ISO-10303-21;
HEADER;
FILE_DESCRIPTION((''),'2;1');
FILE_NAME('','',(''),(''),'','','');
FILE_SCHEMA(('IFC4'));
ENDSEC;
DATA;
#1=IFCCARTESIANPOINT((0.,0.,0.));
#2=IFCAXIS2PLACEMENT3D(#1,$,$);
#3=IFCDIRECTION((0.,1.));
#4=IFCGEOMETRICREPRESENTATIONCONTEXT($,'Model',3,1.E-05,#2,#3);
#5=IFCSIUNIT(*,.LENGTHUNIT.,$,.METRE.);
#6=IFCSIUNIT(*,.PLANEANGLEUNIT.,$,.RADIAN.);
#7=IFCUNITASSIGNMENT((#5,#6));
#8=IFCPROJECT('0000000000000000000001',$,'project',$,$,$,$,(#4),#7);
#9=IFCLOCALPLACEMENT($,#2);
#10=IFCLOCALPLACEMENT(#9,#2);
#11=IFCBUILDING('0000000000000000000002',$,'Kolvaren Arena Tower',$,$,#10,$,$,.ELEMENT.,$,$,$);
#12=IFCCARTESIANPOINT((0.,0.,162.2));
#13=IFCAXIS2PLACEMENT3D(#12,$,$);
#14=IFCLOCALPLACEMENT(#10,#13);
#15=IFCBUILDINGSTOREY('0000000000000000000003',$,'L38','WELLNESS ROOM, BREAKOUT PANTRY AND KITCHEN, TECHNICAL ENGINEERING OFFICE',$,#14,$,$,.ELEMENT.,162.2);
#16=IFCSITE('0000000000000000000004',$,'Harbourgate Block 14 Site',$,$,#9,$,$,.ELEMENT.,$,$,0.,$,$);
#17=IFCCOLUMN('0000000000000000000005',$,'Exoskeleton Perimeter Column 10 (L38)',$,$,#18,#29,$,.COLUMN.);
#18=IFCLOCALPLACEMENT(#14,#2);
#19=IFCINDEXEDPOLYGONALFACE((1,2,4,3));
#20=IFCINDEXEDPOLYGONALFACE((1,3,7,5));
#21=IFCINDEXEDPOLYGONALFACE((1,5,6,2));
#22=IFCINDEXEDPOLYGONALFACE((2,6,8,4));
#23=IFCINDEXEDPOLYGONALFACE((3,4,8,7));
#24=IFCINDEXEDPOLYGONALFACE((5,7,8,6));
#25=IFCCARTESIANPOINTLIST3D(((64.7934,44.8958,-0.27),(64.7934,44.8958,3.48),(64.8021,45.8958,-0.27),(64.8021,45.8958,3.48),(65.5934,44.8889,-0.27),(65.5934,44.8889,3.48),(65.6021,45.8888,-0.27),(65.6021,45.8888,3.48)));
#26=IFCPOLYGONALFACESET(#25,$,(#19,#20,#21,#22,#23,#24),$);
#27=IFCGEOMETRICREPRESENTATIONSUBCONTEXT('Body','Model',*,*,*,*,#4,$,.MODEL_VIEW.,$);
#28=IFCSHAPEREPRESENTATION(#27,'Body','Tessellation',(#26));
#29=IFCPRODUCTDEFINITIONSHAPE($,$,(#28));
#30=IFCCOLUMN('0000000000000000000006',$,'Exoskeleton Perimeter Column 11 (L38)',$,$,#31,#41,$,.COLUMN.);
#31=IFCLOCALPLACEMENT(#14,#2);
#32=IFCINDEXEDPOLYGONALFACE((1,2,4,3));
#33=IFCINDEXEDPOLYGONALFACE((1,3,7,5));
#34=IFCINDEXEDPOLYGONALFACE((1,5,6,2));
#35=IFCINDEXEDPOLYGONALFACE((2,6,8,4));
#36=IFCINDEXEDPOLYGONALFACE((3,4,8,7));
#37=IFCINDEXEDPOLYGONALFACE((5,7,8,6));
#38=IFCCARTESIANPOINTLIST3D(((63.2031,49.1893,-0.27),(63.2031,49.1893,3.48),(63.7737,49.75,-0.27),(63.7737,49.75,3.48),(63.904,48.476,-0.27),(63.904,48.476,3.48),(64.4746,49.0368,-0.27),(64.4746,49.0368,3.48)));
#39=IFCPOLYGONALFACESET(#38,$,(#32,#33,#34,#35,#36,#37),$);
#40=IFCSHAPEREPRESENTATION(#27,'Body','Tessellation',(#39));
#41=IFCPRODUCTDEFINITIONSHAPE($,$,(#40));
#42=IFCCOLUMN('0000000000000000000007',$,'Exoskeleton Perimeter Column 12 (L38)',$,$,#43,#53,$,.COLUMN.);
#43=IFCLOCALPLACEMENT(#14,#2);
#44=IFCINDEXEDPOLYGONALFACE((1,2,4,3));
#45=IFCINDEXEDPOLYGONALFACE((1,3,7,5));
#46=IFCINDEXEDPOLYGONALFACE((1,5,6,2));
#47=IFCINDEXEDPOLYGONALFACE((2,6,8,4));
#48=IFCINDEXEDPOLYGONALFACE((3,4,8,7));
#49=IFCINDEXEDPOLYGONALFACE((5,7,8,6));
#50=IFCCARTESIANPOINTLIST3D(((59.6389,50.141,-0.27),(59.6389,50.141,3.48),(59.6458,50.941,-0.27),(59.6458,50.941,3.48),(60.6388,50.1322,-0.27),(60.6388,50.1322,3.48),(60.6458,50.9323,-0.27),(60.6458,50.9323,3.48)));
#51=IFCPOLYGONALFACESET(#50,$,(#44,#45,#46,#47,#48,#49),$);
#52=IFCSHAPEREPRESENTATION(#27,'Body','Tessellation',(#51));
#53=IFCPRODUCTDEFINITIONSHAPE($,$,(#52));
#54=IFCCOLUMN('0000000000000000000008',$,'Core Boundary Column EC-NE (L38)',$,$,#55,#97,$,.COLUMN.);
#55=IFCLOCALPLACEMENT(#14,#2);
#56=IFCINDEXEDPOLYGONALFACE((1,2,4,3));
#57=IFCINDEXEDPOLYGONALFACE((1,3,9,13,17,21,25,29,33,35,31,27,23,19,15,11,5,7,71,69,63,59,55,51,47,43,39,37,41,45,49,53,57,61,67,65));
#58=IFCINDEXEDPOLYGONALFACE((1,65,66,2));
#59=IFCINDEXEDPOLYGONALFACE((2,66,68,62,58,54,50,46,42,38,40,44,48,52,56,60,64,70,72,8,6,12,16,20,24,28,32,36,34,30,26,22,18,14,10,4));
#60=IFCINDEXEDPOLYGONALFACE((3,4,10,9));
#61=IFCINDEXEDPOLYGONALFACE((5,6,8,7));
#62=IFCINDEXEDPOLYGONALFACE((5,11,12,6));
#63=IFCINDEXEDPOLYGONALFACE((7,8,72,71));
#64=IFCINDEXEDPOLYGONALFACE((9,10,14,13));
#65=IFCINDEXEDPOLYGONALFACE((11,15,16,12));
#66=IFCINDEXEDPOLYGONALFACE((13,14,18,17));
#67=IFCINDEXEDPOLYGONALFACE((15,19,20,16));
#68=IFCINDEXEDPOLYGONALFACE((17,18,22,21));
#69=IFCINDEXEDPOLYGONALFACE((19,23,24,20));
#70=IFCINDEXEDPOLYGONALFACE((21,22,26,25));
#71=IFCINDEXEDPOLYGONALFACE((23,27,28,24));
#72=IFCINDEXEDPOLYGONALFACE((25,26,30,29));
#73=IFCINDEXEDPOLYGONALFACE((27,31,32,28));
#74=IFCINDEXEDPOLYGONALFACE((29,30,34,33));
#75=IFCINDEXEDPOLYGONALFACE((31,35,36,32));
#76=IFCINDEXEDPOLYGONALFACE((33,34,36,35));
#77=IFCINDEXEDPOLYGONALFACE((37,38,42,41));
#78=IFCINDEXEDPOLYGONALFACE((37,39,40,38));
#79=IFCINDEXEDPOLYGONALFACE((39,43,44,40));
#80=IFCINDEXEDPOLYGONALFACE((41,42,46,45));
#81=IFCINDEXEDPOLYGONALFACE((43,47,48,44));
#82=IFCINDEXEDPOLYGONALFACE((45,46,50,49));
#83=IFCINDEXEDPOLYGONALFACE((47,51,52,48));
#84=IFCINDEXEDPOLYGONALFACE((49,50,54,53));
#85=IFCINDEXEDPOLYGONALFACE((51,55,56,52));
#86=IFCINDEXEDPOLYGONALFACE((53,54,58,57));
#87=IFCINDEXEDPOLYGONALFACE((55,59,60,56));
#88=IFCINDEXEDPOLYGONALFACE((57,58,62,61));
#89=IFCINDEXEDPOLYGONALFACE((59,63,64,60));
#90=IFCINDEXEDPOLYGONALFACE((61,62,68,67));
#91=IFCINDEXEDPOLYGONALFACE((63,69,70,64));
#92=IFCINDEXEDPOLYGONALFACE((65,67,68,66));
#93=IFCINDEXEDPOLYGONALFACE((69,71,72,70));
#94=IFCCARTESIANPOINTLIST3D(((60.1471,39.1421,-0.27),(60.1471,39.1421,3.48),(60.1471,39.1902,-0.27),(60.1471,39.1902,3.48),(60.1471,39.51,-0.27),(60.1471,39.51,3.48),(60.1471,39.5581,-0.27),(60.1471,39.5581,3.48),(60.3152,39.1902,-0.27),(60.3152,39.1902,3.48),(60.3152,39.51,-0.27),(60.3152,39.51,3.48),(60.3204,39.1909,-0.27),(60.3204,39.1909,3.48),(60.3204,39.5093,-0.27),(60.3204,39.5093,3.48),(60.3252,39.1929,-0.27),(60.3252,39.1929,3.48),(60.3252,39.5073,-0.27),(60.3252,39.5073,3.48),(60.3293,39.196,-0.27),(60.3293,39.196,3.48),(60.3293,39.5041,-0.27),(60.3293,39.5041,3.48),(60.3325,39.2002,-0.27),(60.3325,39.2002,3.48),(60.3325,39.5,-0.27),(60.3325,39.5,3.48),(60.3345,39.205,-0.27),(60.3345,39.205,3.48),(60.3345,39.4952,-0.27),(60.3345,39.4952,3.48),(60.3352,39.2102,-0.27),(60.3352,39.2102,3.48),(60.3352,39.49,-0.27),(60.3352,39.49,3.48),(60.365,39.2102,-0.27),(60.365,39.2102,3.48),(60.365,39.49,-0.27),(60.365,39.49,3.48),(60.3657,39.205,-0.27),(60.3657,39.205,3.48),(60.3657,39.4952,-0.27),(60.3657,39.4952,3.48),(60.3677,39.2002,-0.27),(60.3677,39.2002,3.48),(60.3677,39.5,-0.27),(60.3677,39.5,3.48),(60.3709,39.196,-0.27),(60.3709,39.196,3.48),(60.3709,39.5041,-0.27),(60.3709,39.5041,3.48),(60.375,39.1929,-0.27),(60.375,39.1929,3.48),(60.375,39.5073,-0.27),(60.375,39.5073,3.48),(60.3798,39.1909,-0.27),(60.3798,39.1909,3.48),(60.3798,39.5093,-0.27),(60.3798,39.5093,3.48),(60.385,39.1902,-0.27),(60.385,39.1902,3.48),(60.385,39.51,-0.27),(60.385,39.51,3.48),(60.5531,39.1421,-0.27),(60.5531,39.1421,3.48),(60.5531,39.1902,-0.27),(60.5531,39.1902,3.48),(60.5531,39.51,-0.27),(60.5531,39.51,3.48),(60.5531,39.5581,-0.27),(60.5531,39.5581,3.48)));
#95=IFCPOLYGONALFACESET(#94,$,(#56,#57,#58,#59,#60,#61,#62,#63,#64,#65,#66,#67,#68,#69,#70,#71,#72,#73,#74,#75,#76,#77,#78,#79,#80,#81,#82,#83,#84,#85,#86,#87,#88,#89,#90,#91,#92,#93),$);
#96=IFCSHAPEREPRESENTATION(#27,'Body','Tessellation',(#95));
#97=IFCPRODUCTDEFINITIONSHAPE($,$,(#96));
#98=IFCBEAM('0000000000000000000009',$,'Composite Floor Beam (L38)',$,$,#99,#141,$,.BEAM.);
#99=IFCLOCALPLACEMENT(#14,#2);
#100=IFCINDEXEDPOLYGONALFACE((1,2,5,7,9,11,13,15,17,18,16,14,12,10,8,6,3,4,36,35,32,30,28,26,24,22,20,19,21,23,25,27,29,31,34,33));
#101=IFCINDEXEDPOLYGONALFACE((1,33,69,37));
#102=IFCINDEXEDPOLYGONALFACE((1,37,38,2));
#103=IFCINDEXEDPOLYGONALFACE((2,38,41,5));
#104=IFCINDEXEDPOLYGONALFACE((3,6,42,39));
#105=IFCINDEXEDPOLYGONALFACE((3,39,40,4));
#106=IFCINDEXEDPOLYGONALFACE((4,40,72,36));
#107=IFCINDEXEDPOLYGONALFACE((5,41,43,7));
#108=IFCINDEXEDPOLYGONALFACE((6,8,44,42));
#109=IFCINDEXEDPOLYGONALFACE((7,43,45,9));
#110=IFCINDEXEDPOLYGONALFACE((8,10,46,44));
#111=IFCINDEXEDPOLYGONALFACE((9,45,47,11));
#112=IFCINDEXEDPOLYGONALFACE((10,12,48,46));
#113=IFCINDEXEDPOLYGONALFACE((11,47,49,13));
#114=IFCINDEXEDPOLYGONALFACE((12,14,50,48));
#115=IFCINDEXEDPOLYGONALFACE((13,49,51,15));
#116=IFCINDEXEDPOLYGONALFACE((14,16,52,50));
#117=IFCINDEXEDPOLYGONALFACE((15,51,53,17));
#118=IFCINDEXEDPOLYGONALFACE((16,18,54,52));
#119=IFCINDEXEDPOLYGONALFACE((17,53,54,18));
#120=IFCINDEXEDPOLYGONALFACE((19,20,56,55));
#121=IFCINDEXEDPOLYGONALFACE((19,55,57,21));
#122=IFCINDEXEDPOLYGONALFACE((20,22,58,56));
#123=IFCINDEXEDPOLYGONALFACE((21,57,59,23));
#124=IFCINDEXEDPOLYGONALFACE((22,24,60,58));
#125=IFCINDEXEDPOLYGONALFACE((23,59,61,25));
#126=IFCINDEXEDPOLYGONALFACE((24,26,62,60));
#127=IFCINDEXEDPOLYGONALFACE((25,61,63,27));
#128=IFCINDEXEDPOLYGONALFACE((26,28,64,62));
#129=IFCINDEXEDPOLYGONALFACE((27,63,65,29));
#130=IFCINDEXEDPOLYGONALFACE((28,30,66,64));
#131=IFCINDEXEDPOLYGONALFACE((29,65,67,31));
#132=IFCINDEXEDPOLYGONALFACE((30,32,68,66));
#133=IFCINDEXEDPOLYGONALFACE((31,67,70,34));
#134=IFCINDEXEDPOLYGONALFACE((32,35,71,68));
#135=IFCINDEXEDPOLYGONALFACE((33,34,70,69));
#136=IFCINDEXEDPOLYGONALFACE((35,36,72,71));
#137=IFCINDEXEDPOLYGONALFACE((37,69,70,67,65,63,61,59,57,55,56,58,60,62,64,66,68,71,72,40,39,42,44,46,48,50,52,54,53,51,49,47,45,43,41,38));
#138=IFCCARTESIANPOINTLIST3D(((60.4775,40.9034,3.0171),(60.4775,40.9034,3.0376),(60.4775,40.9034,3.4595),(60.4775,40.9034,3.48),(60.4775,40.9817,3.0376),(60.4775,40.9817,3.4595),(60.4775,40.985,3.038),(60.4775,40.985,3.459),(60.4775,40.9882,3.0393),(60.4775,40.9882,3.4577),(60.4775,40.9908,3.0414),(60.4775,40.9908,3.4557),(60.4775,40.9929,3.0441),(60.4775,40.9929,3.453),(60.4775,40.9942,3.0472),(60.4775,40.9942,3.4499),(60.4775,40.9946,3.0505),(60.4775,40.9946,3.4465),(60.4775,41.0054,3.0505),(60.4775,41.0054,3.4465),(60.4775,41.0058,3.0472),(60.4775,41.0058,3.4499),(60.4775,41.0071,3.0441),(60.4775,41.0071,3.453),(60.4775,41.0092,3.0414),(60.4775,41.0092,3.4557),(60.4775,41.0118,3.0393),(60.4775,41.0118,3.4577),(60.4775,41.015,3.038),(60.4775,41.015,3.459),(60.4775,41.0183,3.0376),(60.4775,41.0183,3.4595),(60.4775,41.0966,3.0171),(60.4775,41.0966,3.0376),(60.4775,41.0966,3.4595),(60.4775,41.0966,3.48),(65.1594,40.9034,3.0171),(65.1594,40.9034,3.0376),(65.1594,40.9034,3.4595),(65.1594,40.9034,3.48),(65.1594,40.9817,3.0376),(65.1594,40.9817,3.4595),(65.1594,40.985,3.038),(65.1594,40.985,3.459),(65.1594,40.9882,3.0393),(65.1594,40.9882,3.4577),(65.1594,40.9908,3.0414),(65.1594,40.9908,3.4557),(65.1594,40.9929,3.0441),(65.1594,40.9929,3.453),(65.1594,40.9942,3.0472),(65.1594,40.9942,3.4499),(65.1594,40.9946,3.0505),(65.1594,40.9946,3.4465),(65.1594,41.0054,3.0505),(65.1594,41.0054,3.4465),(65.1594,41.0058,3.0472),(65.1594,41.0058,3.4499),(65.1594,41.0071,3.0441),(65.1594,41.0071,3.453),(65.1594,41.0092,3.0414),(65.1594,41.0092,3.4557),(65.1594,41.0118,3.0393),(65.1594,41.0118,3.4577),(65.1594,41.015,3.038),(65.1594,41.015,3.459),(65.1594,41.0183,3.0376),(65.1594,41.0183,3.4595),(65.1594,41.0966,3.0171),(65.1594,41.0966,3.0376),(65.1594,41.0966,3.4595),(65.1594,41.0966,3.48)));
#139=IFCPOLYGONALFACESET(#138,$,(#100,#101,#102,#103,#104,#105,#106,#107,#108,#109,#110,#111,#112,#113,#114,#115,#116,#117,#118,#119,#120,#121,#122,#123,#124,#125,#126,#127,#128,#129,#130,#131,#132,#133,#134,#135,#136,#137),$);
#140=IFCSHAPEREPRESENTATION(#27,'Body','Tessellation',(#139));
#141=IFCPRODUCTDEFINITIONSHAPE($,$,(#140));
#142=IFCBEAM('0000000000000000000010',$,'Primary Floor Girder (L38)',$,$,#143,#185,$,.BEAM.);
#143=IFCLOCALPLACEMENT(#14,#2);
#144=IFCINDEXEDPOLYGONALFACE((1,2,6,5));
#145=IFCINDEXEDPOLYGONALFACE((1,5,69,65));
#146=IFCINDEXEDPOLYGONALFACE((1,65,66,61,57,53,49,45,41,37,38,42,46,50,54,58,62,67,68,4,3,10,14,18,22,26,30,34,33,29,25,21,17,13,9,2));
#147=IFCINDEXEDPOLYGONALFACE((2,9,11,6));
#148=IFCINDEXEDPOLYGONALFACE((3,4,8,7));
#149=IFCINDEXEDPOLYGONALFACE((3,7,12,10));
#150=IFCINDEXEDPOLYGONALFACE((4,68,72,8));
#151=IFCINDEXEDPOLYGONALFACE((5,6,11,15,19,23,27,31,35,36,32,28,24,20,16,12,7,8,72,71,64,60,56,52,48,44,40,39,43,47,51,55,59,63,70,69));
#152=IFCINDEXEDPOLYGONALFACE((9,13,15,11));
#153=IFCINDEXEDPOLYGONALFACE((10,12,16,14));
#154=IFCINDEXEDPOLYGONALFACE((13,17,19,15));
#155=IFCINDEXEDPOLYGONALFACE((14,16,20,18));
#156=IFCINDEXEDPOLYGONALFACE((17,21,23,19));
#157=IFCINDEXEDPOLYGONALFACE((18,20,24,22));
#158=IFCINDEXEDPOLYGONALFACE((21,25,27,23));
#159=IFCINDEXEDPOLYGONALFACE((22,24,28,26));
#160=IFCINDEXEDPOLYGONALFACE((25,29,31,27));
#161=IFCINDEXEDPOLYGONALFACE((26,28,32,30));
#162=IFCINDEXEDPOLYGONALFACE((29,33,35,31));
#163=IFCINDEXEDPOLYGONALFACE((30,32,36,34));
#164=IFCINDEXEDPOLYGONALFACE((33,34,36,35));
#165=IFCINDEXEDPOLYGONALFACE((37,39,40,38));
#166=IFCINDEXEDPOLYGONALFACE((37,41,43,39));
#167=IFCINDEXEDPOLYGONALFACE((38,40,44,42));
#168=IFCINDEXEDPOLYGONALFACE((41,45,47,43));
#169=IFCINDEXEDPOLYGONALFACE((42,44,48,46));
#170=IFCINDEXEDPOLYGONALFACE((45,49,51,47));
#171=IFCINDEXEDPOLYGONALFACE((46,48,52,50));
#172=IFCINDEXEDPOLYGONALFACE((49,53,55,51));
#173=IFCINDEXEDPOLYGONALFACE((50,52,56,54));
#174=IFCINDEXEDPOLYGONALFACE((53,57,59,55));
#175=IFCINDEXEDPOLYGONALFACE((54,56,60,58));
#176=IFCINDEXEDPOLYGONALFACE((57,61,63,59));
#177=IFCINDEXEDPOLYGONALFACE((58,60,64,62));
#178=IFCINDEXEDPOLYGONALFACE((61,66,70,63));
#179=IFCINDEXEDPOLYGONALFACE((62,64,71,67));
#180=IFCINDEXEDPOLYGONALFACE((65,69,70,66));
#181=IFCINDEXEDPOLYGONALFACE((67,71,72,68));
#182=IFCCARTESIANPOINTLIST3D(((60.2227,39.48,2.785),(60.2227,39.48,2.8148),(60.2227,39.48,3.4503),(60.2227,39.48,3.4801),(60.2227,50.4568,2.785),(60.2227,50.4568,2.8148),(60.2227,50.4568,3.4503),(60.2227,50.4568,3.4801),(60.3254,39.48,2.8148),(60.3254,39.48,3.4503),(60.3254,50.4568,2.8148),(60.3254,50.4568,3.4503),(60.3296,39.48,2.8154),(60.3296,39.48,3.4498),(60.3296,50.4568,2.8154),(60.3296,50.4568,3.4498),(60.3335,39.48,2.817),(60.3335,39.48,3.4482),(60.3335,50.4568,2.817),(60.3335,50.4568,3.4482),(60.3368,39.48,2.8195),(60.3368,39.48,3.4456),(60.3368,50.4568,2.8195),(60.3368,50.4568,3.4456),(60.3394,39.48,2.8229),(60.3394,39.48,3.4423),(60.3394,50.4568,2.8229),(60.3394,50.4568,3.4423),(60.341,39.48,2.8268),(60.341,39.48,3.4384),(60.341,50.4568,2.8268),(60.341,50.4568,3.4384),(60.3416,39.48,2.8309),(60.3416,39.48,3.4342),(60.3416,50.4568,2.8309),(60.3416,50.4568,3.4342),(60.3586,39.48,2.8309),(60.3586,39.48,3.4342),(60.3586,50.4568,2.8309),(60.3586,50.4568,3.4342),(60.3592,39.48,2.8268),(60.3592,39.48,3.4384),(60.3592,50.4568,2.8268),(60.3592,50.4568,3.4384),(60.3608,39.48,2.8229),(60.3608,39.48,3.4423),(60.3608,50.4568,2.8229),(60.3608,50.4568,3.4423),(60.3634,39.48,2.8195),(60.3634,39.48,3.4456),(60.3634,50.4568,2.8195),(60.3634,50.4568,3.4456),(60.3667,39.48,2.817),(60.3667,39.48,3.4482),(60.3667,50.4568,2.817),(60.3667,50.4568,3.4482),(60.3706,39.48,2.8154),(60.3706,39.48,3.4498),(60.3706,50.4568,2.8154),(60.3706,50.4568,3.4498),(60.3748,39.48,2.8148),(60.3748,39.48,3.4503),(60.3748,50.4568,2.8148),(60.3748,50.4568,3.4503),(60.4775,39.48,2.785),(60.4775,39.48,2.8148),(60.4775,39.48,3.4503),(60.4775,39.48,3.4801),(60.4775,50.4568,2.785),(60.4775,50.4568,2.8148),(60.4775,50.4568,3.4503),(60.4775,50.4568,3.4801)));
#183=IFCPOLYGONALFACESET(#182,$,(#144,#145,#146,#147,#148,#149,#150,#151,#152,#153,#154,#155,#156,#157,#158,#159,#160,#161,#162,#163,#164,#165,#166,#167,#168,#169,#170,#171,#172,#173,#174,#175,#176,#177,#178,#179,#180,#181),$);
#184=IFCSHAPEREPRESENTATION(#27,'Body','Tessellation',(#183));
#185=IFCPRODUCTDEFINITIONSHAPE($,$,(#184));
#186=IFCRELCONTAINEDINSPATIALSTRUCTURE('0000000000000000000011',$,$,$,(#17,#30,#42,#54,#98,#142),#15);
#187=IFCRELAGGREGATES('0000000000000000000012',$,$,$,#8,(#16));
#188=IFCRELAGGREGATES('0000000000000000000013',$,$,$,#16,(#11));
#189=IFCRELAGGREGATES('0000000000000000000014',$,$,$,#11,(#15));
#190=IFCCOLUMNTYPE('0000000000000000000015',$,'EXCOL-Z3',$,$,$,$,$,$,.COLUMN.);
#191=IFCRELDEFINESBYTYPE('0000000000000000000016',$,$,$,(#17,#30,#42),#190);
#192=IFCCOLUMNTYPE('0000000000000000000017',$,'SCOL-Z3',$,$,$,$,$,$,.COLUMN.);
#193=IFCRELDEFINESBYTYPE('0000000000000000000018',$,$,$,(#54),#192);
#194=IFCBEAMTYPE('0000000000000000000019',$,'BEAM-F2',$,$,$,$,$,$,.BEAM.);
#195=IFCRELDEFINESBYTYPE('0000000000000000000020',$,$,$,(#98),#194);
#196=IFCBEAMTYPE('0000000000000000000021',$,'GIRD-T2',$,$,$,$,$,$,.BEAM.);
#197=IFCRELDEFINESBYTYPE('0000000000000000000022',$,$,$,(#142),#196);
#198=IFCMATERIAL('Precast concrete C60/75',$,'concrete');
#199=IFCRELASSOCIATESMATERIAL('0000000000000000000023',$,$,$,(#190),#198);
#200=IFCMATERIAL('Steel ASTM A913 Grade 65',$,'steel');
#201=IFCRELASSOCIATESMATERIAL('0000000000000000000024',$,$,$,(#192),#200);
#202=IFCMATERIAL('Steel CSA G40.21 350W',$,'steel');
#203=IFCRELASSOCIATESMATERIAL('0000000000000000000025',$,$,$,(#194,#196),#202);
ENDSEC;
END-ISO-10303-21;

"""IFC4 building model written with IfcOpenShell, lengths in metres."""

from ifc_helpers import new_model, si_unit, direction, frame, origin, origin_2d, place, context, subcontext, project, spatial, rectangle, i_section, extrude, material, material_profile, profile_set, type_object, element, save


model = new_model("IFC4")

# Units and contexts
model_context = context("Model", 3, precision=1e-05, world=origin(), true_north=direction((0.0, 1.0)))
body_context = subcontext(model_context, "Body", "Model", "MODEL_VIEW")
ifc_project = project(units=[si_unit("LENGTHUNIT", "METRE"), si_unit("PLANEANGLEUNIT", "RADIAN")], contexts=[model_context])

# Site, building, storey
site_placement = place(None, origin())
site = spatial("IfcSite", under=ifc_project, at=site_placement, Name="Harbourgate Block 14 Site", CompositionType="ELEMENT", RefElevation=0.0)
building_placement = place(site_placement, origin())
building = spatial("IfcBuilding", under=site, at=building_placement, Name="Kolvaren Arena Tower", CompositionType="ELEMENT")
storey_placement = place(building_placement, frame((0.0, 0.0, 162.2)))
storey = spatial("IfcBuildingStorey", under=building, at=storey_placement, Name="L38", Description="WELLNESS ROOM, BREAKOUT PANTRY AND KITCHEN, TECHNICAL ENGINEERING OFFICE", CompositionType="ELEMENT", Elevation=162.2)

# Columns
ifc_material_1 = material(Name="Precast concrete C60/75", Category="concrete")
ifc_material_profile_1 = material_profile(ifc_material_1, rectangle(XDim=1.0, YDim=0.8, at=origin_2d()), Name="RC-1000x800")
ifc_profile_set_1 = profile_set([ifc_material_profile_1], Name="Precast concrete C60/75")
column_type_1 = type_object("IfcColumnType", Name="EXCOL-Z3", PredefinedType="COLUMN", material=ifc_profile_set_1)
for number, where, z_axis, x_axis, name in (
    (1, (65.1978, 45.3923, -0.27), (0.0, 0.0, 1.0), (0.008727, 0.999962, 0.0), "Exoskeleton Perimeter Column 10 (L38)"),
    (2, (63.8389, 49.113, -0.27), (0.0, 0.0, 1.0), (-0.700909, 0.71325, 0.0), "Exoskeleton Perimeter Column 11 (L38)"),
    (3, (60.1423, 50.5366, -0.27), (0.0, 0.0, 1.0), (0.999962, -0.008727, 0.0), "Exoskeleton Perimeter Column 12 (L38)"),
):
    element("IfcColumn", number, at=place(storey_placement, frame(where, z_axis=z_axis, x_axis=x_axis)), inside=storey, type_object=column_type_1, Name=name, PredefinedType="COLUMN", context=body_context, shape_type="SweptSolid", body=[
        extrude(rectangle(XDim=1.0, YDim=0.8, at=origin_2d()), origin(), (0.0, 0.0, 1.0), 3.75),
    ])
ifc_material_2 = material(Name="Steel ASTM A913 Grade 65", Category="steel")
ifc_material_profile_2 = material_profile(ifc_material_2, i_section(OverallWidth=0.406, OverallDepth=0.416, WebThickness=0.0298, FlangeThickness=0.0481, FilletRadius=0.02, at=origin_2d()), Name="W360x382")
ifc_profile_set_2 = profile_set([ifc_material_profile_2], Name="Steel ASTM A913 Grade 65")
column_type_2 = type_object("IfcColumnType", Name="SCOL-Z3", PredefinedType="COLUMN", material=ifc_profile_set_2)
column_placement = place(storey_placement, frame((60.3501, 39.3501, -0.27), z_axis=(0.0, 0.0, 1.0), x_axis=(1.0, 0.0, 0.0)))
element("IfcColumn", 4, at=column_placement, inside=storey, type_object=column_type_2, Name="Core Boundary Column EC-NE (L38)", PredefinedType="COLUMN", context=body_context, shape_type="SweptSolid", body=[
    extrude(i_section(OverallWidth=0.406, OverallDepth=0.416, WebThickness=0.0298, FlangeThickness=0.0481, FilletRadius=0.02, at=origin_2d()), origin(), (0.0, 0.0, 1.0), 3.75),
])

# Beams
ifc_material_3 = material(Name="Steel CSA G40.21 350W", Category="steel")
ifc_material_profile_3 = material_profile(ifc_material_3, i_section(OverallWidth=0.1931, OverallDepth=0.4629, WebThickness=0.0107, FlangeThickness=0.0205, FilletRadius=0.0129, at=origin_2d()), Name="W460x113")
ifc_profile_set_3 = profile_set([ifc_material_profile_3], Name="Steel CSA G40.21 350W")
beam_type_1 = type_object("IfcBeamType", Name="BEAM-F2", PredefinedType="BEAM", material=ifc_profile_set_3)
beam_1_placement = place(storey_placement, frame((60.4775, 41.0, 3.2485), z_axis=(1.0, 0.0, 0.0), x_axis=(0.0, 1.0, 0.0)))
element("IfcBeam", 5, at=beam_1_placement, inside=storey, type_object=beam_type_1, Name="Composite Floor Beam (L38)", PredefinedType="BEAM", context=body_context, shape_type="SweptSolid", body=[
    extrude(i_section(OverallWidth=0.1931, OverallDepth=0.4629, WebThickness=0.0107, FlangeThickness=0.0205, FilletRadius=0.0129, at=origin_2d()), origin(), (0.0, 0.0, 1.0), 4.6819),
])
ifc_material_profile_4 = material_profile(ifc_material_3, i_section(OverallWidth=0.2549, OverallDepth=0.6951, WebThickness=0.0171, FlangeThickness=0.0298, FilletRadius=0.0161, at=origin_2d()), Name="W690x217")
ifc_profile_set_4 = profile_set([ifc_material_profile_4], Name="Steel CSA G40.21 350W")
beam_type_2 = type_object("IfcBeamType", Name="GIRD-T2", PredefinedType="BEAM", material=ifc_profile_set_4)
beam_2_placement = place(storey_placement, frame((60.3501, 39.48, 3.1326), z_axis=(0.0, 1.0, 0.0), x_axis=(-1.0, 0.0, 0.0)))
element("IfcBeam", 6, at=beam_2_placement, inside=storey, type_object=beam_type_2, Name="Primary Floor Girder (L38)", PredefinedType="BEAM", context=body_context, shape_type="SweptSolid", body=[
    extrude(i_section(OverallWidth=0.2549, OverallDepth=0.6951, WebThickness=0.0171, FlangeThickness=0.0298, FilletRadius=0.0161, at=origin_2d()), origin(), (0.0, 0.0, 1.0), 10.9768),
])

save(model, "model.ifc")
